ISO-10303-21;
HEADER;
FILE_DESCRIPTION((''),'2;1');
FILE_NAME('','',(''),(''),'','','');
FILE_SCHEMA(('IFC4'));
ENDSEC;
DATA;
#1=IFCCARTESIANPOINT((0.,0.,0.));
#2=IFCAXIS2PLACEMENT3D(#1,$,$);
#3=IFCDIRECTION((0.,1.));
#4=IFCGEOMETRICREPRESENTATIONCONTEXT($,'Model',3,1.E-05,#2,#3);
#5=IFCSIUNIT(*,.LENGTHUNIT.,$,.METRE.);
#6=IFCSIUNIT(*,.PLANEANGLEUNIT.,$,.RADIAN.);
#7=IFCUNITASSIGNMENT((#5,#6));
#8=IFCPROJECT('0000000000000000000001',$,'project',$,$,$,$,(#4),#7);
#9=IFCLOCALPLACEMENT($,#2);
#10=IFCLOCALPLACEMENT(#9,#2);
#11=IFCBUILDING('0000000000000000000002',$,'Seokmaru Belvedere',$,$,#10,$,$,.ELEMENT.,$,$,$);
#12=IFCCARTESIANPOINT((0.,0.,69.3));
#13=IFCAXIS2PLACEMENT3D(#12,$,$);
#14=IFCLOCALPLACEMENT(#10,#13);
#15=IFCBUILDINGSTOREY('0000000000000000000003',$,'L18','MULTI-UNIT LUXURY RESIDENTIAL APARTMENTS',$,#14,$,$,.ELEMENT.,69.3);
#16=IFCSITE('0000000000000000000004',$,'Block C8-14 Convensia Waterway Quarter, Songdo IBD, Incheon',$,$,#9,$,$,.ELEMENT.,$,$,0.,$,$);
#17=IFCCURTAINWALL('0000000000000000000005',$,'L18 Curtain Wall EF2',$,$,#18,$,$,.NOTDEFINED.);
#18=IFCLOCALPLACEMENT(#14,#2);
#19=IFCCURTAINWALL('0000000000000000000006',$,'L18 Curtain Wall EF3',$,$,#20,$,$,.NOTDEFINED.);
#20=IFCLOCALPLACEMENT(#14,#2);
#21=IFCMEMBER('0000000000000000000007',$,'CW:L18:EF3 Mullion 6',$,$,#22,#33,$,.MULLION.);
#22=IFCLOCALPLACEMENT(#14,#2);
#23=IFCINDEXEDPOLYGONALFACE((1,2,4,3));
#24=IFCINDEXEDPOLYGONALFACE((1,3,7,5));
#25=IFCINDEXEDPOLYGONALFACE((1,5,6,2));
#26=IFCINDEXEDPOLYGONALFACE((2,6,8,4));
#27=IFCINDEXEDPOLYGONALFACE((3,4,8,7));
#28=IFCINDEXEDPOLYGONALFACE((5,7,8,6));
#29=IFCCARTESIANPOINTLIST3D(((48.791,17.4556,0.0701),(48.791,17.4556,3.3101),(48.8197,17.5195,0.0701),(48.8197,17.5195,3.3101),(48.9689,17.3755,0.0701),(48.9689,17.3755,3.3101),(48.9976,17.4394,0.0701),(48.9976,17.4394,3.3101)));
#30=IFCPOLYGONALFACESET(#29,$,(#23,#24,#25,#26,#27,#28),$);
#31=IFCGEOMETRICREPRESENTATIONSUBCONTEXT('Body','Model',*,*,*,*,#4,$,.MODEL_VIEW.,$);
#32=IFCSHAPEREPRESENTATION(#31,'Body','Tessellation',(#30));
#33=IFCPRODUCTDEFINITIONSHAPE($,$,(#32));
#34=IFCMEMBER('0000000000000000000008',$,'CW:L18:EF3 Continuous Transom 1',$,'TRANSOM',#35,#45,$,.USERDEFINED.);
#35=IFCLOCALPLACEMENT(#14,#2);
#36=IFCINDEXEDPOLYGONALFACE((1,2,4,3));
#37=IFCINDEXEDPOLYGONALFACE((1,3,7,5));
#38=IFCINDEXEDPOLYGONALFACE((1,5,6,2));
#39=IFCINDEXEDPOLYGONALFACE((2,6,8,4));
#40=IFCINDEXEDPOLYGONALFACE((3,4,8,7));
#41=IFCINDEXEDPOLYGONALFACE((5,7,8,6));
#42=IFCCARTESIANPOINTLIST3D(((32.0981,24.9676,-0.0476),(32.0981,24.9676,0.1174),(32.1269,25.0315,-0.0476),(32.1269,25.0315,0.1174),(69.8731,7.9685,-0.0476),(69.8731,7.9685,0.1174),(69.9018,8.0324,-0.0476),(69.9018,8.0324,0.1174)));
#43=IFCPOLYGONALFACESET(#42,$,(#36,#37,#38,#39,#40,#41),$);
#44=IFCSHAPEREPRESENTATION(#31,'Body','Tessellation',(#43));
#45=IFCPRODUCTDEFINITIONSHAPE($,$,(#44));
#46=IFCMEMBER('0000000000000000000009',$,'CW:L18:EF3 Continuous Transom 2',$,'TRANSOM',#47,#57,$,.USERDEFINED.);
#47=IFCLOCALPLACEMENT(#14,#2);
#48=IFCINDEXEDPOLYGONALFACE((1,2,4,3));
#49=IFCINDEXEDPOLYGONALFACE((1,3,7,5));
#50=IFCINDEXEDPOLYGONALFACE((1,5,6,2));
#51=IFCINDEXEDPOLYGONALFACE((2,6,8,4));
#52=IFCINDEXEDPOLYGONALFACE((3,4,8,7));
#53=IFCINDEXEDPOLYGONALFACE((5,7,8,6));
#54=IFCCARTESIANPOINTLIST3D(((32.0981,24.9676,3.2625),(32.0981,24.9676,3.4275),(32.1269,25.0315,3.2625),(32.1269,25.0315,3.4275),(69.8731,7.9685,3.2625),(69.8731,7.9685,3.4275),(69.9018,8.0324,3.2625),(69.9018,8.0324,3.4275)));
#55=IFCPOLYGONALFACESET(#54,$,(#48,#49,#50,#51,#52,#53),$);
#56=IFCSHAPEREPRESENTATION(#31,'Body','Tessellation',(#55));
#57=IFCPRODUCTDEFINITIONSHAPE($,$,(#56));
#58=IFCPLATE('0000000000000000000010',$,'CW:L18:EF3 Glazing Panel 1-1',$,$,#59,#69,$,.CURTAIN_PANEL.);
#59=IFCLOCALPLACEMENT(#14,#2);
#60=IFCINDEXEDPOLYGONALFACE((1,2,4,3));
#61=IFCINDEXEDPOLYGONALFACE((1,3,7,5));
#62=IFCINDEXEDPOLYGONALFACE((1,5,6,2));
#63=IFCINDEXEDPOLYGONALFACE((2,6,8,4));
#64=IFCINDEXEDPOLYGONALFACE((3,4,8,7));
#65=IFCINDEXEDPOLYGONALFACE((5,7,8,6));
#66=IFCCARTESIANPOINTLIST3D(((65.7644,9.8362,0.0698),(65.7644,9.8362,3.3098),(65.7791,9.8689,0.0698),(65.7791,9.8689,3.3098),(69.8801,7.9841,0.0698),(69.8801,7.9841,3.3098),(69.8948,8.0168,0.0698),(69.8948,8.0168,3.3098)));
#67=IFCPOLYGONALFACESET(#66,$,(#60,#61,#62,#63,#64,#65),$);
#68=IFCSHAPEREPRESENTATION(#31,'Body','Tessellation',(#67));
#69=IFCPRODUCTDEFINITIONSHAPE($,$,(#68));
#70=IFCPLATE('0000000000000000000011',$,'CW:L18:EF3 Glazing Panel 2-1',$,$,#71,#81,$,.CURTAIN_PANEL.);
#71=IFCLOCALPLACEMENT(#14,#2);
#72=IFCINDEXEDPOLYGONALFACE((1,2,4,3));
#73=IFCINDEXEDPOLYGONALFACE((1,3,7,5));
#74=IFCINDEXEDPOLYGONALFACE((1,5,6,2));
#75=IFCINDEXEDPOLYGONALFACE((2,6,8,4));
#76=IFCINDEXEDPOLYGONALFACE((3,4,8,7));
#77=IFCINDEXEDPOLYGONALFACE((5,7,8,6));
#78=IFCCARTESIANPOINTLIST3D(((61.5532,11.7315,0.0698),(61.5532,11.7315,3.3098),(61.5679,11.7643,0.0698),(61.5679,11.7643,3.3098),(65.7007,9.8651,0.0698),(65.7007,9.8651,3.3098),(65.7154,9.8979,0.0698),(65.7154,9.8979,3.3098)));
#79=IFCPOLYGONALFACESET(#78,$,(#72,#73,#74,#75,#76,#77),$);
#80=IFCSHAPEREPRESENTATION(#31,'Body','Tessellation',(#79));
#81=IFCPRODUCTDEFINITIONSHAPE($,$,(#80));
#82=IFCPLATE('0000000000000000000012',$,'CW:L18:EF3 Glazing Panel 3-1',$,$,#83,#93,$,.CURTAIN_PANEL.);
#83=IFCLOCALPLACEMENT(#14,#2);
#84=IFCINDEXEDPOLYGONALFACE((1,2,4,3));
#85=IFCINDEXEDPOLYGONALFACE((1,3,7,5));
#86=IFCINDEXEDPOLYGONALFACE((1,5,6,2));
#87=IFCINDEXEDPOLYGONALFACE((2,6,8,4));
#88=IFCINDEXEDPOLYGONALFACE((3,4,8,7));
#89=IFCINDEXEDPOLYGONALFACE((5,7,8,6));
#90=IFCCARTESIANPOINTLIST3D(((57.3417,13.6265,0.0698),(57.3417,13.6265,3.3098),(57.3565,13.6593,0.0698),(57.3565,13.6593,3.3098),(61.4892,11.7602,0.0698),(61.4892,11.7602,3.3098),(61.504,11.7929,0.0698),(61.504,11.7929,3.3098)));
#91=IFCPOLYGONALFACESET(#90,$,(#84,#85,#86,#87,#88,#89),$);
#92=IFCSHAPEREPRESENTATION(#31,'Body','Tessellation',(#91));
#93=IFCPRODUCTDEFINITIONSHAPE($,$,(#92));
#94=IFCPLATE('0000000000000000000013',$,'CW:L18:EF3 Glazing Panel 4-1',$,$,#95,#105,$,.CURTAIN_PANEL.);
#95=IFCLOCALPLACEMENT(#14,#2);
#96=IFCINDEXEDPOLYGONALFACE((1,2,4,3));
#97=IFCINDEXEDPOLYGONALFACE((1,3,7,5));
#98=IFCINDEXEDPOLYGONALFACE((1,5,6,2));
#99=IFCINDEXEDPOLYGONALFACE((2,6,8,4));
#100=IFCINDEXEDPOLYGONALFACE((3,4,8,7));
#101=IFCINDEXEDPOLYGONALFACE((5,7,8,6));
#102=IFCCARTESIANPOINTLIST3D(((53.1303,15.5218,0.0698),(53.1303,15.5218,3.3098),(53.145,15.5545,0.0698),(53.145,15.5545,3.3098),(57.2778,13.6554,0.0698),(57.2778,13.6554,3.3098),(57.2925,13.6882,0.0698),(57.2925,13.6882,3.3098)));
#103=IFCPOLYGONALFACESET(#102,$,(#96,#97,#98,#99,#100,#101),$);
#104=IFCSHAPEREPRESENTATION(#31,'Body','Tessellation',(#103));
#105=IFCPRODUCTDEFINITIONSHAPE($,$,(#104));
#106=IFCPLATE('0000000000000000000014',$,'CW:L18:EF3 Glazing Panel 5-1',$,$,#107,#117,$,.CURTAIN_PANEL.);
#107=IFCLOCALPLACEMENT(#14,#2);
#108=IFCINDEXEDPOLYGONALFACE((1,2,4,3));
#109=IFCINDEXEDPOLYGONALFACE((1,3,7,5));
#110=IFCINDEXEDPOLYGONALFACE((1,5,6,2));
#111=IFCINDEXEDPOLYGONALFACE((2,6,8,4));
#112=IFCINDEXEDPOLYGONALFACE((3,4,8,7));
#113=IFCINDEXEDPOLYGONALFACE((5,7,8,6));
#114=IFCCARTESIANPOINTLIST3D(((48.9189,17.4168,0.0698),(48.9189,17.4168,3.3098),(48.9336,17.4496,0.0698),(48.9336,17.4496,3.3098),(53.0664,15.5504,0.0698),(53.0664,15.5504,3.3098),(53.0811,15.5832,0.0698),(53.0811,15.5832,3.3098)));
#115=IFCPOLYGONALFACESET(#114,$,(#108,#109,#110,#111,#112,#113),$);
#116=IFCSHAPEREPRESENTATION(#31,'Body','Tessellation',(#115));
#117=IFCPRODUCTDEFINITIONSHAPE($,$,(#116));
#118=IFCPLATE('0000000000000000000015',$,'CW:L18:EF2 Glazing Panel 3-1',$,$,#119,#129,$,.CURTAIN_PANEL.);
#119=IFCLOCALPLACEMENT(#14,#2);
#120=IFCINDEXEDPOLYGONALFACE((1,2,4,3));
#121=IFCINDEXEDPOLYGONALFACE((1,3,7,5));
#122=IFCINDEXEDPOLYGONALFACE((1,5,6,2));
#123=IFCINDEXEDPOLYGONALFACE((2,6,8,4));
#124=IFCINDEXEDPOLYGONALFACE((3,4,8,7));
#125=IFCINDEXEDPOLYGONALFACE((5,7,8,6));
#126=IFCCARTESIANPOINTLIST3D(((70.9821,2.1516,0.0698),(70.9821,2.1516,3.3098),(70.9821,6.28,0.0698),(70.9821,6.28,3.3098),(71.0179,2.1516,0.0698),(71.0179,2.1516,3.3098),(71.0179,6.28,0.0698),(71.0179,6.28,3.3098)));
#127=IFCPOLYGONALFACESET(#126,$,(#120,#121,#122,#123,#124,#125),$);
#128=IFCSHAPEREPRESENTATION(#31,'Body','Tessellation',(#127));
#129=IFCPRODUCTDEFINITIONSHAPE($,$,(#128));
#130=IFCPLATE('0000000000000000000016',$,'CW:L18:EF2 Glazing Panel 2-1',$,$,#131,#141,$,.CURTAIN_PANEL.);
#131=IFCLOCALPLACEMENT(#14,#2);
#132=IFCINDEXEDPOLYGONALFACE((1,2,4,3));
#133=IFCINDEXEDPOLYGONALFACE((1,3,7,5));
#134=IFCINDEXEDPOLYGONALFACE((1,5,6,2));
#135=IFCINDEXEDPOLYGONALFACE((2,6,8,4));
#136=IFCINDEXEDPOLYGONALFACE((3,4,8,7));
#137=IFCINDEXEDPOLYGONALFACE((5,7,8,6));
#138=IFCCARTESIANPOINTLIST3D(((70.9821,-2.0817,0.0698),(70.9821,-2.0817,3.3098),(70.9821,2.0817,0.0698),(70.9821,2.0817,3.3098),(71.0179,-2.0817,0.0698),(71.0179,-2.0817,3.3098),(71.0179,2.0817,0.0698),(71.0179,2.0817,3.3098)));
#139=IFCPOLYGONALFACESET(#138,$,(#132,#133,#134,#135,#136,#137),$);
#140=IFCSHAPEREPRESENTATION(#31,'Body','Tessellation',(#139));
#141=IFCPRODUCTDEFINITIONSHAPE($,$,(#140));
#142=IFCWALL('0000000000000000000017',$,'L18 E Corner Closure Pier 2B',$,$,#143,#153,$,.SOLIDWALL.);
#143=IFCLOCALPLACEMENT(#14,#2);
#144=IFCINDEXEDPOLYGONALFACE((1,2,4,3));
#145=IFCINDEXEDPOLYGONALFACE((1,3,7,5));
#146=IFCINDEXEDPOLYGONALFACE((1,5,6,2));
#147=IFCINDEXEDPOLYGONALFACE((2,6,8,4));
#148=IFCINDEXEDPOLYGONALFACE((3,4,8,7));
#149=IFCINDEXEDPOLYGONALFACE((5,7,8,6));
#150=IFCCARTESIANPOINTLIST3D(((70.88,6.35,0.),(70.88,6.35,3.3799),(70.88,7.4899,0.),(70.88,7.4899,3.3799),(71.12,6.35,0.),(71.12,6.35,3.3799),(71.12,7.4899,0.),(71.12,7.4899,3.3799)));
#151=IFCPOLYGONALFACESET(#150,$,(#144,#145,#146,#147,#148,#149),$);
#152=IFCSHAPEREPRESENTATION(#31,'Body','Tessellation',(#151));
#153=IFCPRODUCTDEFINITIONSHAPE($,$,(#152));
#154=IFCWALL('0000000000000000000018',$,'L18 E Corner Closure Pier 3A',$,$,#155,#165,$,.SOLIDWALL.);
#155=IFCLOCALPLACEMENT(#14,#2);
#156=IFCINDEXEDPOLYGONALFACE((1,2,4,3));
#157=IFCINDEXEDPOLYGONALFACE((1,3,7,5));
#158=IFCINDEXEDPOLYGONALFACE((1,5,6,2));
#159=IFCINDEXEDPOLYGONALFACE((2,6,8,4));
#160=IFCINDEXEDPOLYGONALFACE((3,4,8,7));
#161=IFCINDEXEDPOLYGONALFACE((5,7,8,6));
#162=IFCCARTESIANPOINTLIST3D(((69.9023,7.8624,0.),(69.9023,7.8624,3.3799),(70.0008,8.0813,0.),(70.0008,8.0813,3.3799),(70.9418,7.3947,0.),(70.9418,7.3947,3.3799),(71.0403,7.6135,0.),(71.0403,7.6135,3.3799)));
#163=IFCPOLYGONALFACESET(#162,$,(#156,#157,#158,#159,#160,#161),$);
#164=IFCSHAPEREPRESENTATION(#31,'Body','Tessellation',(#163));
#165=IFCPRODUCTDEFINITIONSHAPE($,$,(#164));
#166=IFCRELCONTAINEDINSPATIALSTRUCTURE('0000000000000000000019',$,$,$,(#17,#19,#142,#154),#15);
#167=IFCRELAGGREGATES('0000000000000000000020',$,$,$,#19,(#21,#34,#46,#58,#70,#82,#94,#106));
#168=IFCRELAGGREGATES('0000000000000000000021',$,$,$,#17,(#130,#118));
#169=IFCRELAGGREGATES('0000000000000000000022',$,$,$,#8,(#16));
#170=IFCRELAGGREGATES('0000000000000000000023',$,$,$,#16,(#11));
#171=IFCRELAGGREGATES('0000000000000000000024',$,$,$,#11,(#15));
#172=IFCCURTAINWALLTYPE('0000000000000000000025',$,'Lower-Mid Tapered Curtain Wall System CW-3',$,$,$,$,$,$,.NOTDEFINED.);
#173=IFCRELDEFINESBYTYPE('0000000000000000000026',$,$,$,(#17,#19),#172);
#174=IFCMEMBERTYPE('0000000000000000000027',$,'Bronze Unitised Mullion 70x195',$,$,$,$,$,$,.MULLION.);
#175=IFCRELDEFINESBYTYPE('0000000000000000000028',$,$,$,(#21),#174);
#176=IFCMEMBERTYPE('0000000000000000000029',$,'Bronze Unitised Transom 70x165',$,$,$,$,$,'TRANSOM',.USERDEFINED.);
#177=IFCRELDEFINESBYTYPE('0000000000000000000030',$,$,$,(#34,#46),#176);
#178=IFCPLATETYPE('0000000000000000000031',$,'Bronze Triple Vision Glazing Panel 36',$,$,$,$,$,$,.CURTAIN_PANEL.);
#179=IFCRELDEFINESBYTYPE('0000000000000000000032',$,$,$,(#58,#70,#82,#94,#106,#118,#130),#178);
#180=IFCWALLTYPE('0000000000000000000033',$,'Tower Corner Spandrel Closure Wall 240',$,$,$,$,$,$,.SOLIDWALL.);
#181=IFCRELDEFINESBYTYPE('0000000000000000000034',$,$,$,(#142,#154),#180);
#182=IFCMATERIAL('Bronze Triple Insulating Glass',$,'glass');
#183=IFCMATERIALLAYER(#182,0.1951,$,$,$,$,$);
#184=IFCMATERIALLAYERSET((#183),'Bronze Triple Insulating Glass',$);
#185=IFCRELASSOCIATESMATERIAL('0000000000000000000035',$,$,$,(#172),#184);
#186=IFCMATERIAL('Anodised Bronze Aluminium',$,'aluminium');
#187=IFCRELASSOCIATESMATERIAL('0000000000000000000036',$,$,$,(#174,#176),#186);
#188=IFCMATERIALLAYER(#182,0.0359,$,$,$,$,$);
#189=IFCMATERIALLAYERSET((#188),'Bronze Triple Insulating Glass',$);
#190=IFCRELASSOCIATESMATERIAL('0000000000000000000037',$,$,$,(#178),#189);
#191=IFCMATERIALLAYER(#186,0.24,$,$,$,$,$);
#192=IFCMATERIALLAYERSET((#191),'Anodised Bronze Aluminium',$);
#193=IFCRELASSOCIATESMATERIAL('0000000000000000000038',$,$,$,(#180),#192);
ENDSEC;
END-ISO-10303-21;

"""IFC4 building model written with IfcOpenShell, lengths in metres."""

from ifc_helpers import new_model, si_unit, direction, frame, frame_2d, origin, origin_2d, place, context, subcontext, project, spatial, rectangle, extrude, source, transform, mapped, material, layer, layer_set, material_profile, profile_set, type_object, type_shapes, element, aggregate, save


model = new_model("IFC4")

# Units and contexts
model_context = context("Model", 3, precision=1e-05, world=origin(), true_north=direction((0.0, 1.0)))
body_context = subcontext(model_context, "Body", "Model", "MODEL_VIEW")
ifc_project = project(units=[si_unit("LENGTHUNIT", "METRE"), si_unit("PLANEANGLEUNIT", "RADIAN")], contexts=[model_context])

# Site, building, storey
site_placement = place(None, origin())
site = spatial("IfcSite", under=ifc_project, at=site_placement, Name="Block C8-14 Convensia Waterway Quarter, Songdo IBD, Incheon", CompositionType="ELEMENT", RefElevation=0.0)
building_placement = place(site_placement, origin())
building = spatial("IfcBuilding", under=site, at=building_placement, Name="Seokmaru Belvedere", CompositionType="ELEMENT")
storey_placement = place(building_placement, frame((0.0, 0.0, 69.3)))
storey = spatial("IfcBuildingStorey", under=building, at=storey_placement, Name="L18", Description="MULTI-UNIT LUXURY RESIDENTIAL APARTMENTS", CompositionType="ELEMENT", Elevation=69.3)

# Curtain walls
ifc_material_1 = material(Name="Bronze Triple Insulating Glass", Category="glass")
ifc_layer_1 = layer(ifc_material_1, 0.1951)
ifc_layer_set_1 = layer_set([ifc_layer_1], Name="Bronze Triple Insulating Glass")
curtain_wall_type = type_object("IfcCurtainWallType", Name="Lower-Mid Tapered Curtain Wall System CW-3", PredefinedType="NOTDEFINED", material=ifc_layer_set_1)
curtain_wall_1_placement = place(storey_placement, origin())
curtain_wall_1 = element("IfcCurtainWall", 1, at=curtain_wall_1_placement, inside=storey, type_object=curtain_wall_type, Name="L18 Curtain Wall EF2", PredefinedType="NOTDEFINED")
ifc_material_2 = material(Name="Anodised Bronze Aluminium", Category="aluminium")
ifc_material_profile_1 = material_profile(ifc_material_2, rectangle(XDim=0.0701, YDim=0.1951, at=origin_2d()), Name="CW-M-70x195")
ifc_profile_set_1 = profile_set([ifc_material_profile_1], Name="Anodised Bronze Aluminium")
member_type_1 = type_object("IfcMemberType", Name="Bronze Unitised Mullion 70x195", PredefinedType="MULLION", material=ifc_profile_set_1)
curtain_wall_2_placement = place(storey_placement, origin())
curtain_wall_2 = element("IfcCurtainWall", 2, at=curtain_wall_2_placement, inside=storey, type_object=curtain_wall_type, Name="L18 Curtain Wall EF3", PredefinedType="NOTDEFINED")

# Members
shared_shape_1 = source(origin(), body_context, "Body", "SweptSolid", [
    extrude(rectangle(XDim=0.0701, YDim=0.1951, at=origin_2d()), origin(), (0.0, 0.0, 1.0), 3.24),
])
member_1_placement = place(storey_placement, frame((48.8943, 17.4475, 0.0701), z_axis=(0.0, 0.0, 1.0), x_axis=(-0.410366, -0.911921, 0.0)))
member_1 = element("IfcMember", 3, at=member_1_placement, type_object=member_type_1, Name="CW:L18:EF3 Mullion 6", PredefinedType="MULLION", context=body_context, shape_type="MappedRepresentation", body=[
    mapped(shared_shape_1, transform((0.0, 0.0, 0.0), scale=1.0)),
])
ifc_material_profile_2 = material_profile(ifc_material_2, rectangle(XDim=0.0701, YDim=0.165, at=origin_2d()), Name="CW-T-70x165")
ifc_profile_set_2 = profile_set([ifc_material_profile_2], Name="Anodised Bronze Aluminium")
member_type_2 = type_object("IfcMemberType", Name="Bronze Unitised Transom 70x165", ElementType="TRANSOM", PredefinedType="USERDEFINED", material=ifc_profile_set_2)
shared_shape_2 = source(origin(), body_context, "Body", "SweptSolid", [
    extrude(rectangle(XDim=0.0701, YDim=0.165, at=origin_2d()), origin(), (0.0, 0.0, 1.0), 41.4236),
])
type_shapes(member_type_2, [shared_shape_2])
member_2_placement = place(storey_placement, frame((69.8875, 8.0005, 0.0349), z_axis=(-0.911919, 0.410371, 0.0), x_axis=(-0.410371, -0.911919, 0.0)))
member_2 = element("IfcMember", 4, at=member_2_placement, type_object=member_type_2, Name="CW:L18:EF3 Continuous Transom 1", ObjectType="TRANSOM", PredefinedType="USERDEFINED", context=body_context, shape_type="MappedRepresentation", body=[
    mapped(shared_shape_2, transform((0.0, 0.0, 0.0), scale=1.0)),
])
member_3_placement = place(storey_placement, frame((69.8875, 8.0005, 3.345), z_axis=(-0.911919, 0.410371, 0.0), x_axis=(-0.410371, -0.911919, 0.0)))
member_3 = element("IfcMember", 5, at=member_3_placement, type_object=member_type_2, Name="CW:L18:EF3 Continuous Transom 2", ObjectType="TRANSOM", PredefinedType="USERDEFINED", context=body_context, shape_type="MappedRepresentation", body=[
    mapped(shared_shape_2, transform((0.0, 0.0, 0.0), scale=1.0)),
])

# Plates
ifc_layer_2 = layer(ifc_material_1, 0.0359)
ifc_layer_set_2 = layer_set([ifc_layer_2], Name="Bronze Triple Insulating Glass")
plate_type = type_object("IfcPlateType", Name="Bronze Triple Vision Glazing Panel 36", PredefinedType="CURTAIN_PANEL", material=ifc_layer_set_2)
shared_shape_3 = source(origin(), body_context, "Body", "SweptSolid", [
    extrude(rectangle(XDim=4.5132, YDim=0.0359, at=origin_2d()), origin(), (0.0, 0.0, 1.0), 3.24),
])
plate_1_placement = place(storey_placement, frame((67.8296, 8.9265, 0.0698), z_axis=(0.0, 0.0, 1.0), x_axis=(-0.911921, 0.410366, 0.0)))
plate_1 = element("IfcPlate", 6, at=plate_1_placement, type_object=plate_type, Name="CW:L18:EF3 Glazing Panel 1-1", PredefinedType="CURTAIN_PANEL", context=body_context, shape_type="MappedRepresentation", body=[
    mapped(shared_shape_3, transform((0.0, 0.0, 0.0), scale=1.0)),
])
shared_shape_4 = source(origin(), body_context, "Body", "SweptSolid", [
    extrude(rectangle(XDim=4.5481, YDim=0.0359, at=origin_2d()), origin(), (0.0, 0.0, 1.0), 3.24),
])
plate_2_placement = place(storey_placement, frame((63.6343, 10.8147, 0.0698), z_axis=(0.0, 0.0, 1.0), x_axis=(-0.911921, 0.410366, 0.0)))
plate_2 = element("IfcPlate", 7, at=plate_2_placement, type_object=plate_type, Name="CW:L18:EF3 Glazing Panel 2-1", PredefinedType="CURTAIN_PANEL", context=body_context, shape_type="MappedRepresentation", body=[
    mapped(shared_shape_4, transform((0.0, 0.0, 0.0), scale=1.0)),
])
plate_3_placement = place(storey_placement, frame((59.4229, 12.7097, 0.0698), z_axis=(0.0, 0.0, 1.0), x_axis=(-0.911921, 0.410366, 0.0)))
plate_3 = element("IfcPlate", 8, at=plate_3_placement, type_object=plate_type, Name="CW:L18:EF3 Glazing Panel 3-1", PredefinedType="CURTAIN_PANEL", context=body_context, shape_type="MappedRepresentation", body=[
    mapped(shared_shape_4, transform((0.0, 0.0, 0.0), scale=1.0)),
])
plate_4_placement = place(storey_placement, frame((55.2114, 14.605, 0.0698), z_axis=(0.0, 0.0, 1.0), x_axis=(-0.911921, 0.410366, 0.0)))
plate_4 = element("IfcPlate", 9, at=plate_4_placement, type_object=plate_type, Name="CW:L18:EF3 Glazing Panel 4-1", PredefinedType="CURTAIN_PANEL", context=body_context, shape_type="MappedRepresentation", body=[
    mapped(shared_shape_4, transform((0.0, 0.0, 0.0), scale=1.0)),
])
plate_5_placement = place(storey_placement, frame((51.0, 16.5, 0.0698), z_axis=(0.0, 0.0, 1.0), x_axis=(-0.911921, 0.410366, 0.0)))
plate_5 = element("IfcPlate", 10, at=plate_5_placement, type_object=plate_type, Name="CW:L18:EF3 Glazing Panel 5-1", PredefinedType="CURTAIN_PANEL", context=body_context, shape_type="MappedRepresentation", body=[
    mapped(shared_shape_4, transform((0.0, 0.0, 0.0), scale=1.0)),
])
aggregate(curtain_wall_2, [member_1, member_2, member_3, plate_1, plate_2, plate_3, plate_4, plate_5])
shared_shape_5 = source(origin(), body_context, "Body", "SweptSolid", [
    extrude(rectangle(XDim=4.1284, YDim=0.0359, at=origin_2d()), origin(), (0.0, 0.0, 1.0), 3.24),
])
plate_6_placement = place(storey_placement, frame((71.0, 4.2158, 0.0698), z_axis=(0.0, 0.0, 1.0), x_axis=(0.0, 1.0, 0.0)))
plate_6 = element("IfcPlate", 11, at=plate_6_placement, type_object=plate_type, Name="CW:L18:EF2 Glazing Panel 3-1", PredefinedType="CURTAIN_PANEL", context=body_context, shape_type="MappedRepresentation", body=[
    mapped(shared_shape_5, transform((0.0, 0.0, 0.0), scale=1.0)),
])
shared_shape_6 = source(origin(), body_context, "Body", "SweptSolid", [
    extrude(rectangle(XDim=4.1633, YDim=0.0359, at=origin_2d()), origin(), (0.0, 0.0, 1.0), 3.24),
])
type_shapes(plate_type, [shared_shape_3, shared_shape_4, shared_shape_5, shared_shape_6])
plate_7_placement = place(storey_placement, frame((71.0, 0.0, 0.0698), z_axis=(0.0, 0.0, 1.0), x_axis=(0.0, 1.0, 0.0)))
plate_7 = element("IfcPlate", 12, at=plate_7_placement, type_object=plate_type, Name="CW:L18:EF2 Glazing Panel 2-1", PredefinedType="CURTAIN_PANEL", context=body_context, shape_type="MappedRepresentation", body=[
    mapped(shared_shape_6, transform((0.0, 0.0, 0.0), scale=1.0)),
])
aggregate(curtain_wall_1, [plate_7, plate_6])

# Walls
ifc_layer_3 = layer(ifc_material_2, 0.24)
ifc_layer_set_3 = layer_set([ifc_layer_3], Name="Anodised Bronze Aluminium")
wall_type = type_object("IfcWallType", Name="Tower Corner Spandrel Closure Wall 240", PredefinedType="SOLIDWALL", material=ifc_layer_set_3)
for number, where, z_axis, x_axis, name in (
    (13, (71.0, 6.3501, 0.0), (0.0, 0.0, 1.0), (0.0, 1.0, 0.0), "L18 E Corner Closure Pier 2B"),
    (14, (70.991, 7.5042, 0.0), (0.0, 0.0, 1.0), (-0.91193, 0.410347, 0.0), "L18 E Corner Closure Pier 3A"),
):
    element("IfcWall", number, at=place(storey_placement, frame(where, z_axis=z_axis, x_axis=x_axis)), inside=storey, type_object=wall_type, Name=name, PredefinedType="SOLIDWALL", context=body_context, shape_type="SweptSolid", body=[
        extrude(rectangle(XDim=1.1399, YDim=0.24, at=frame_2d((0.5698, 0.0))), origin(), (0.0, 0.0, 1.0), 3.3799),
    ])

save(model, "model.ifc")
